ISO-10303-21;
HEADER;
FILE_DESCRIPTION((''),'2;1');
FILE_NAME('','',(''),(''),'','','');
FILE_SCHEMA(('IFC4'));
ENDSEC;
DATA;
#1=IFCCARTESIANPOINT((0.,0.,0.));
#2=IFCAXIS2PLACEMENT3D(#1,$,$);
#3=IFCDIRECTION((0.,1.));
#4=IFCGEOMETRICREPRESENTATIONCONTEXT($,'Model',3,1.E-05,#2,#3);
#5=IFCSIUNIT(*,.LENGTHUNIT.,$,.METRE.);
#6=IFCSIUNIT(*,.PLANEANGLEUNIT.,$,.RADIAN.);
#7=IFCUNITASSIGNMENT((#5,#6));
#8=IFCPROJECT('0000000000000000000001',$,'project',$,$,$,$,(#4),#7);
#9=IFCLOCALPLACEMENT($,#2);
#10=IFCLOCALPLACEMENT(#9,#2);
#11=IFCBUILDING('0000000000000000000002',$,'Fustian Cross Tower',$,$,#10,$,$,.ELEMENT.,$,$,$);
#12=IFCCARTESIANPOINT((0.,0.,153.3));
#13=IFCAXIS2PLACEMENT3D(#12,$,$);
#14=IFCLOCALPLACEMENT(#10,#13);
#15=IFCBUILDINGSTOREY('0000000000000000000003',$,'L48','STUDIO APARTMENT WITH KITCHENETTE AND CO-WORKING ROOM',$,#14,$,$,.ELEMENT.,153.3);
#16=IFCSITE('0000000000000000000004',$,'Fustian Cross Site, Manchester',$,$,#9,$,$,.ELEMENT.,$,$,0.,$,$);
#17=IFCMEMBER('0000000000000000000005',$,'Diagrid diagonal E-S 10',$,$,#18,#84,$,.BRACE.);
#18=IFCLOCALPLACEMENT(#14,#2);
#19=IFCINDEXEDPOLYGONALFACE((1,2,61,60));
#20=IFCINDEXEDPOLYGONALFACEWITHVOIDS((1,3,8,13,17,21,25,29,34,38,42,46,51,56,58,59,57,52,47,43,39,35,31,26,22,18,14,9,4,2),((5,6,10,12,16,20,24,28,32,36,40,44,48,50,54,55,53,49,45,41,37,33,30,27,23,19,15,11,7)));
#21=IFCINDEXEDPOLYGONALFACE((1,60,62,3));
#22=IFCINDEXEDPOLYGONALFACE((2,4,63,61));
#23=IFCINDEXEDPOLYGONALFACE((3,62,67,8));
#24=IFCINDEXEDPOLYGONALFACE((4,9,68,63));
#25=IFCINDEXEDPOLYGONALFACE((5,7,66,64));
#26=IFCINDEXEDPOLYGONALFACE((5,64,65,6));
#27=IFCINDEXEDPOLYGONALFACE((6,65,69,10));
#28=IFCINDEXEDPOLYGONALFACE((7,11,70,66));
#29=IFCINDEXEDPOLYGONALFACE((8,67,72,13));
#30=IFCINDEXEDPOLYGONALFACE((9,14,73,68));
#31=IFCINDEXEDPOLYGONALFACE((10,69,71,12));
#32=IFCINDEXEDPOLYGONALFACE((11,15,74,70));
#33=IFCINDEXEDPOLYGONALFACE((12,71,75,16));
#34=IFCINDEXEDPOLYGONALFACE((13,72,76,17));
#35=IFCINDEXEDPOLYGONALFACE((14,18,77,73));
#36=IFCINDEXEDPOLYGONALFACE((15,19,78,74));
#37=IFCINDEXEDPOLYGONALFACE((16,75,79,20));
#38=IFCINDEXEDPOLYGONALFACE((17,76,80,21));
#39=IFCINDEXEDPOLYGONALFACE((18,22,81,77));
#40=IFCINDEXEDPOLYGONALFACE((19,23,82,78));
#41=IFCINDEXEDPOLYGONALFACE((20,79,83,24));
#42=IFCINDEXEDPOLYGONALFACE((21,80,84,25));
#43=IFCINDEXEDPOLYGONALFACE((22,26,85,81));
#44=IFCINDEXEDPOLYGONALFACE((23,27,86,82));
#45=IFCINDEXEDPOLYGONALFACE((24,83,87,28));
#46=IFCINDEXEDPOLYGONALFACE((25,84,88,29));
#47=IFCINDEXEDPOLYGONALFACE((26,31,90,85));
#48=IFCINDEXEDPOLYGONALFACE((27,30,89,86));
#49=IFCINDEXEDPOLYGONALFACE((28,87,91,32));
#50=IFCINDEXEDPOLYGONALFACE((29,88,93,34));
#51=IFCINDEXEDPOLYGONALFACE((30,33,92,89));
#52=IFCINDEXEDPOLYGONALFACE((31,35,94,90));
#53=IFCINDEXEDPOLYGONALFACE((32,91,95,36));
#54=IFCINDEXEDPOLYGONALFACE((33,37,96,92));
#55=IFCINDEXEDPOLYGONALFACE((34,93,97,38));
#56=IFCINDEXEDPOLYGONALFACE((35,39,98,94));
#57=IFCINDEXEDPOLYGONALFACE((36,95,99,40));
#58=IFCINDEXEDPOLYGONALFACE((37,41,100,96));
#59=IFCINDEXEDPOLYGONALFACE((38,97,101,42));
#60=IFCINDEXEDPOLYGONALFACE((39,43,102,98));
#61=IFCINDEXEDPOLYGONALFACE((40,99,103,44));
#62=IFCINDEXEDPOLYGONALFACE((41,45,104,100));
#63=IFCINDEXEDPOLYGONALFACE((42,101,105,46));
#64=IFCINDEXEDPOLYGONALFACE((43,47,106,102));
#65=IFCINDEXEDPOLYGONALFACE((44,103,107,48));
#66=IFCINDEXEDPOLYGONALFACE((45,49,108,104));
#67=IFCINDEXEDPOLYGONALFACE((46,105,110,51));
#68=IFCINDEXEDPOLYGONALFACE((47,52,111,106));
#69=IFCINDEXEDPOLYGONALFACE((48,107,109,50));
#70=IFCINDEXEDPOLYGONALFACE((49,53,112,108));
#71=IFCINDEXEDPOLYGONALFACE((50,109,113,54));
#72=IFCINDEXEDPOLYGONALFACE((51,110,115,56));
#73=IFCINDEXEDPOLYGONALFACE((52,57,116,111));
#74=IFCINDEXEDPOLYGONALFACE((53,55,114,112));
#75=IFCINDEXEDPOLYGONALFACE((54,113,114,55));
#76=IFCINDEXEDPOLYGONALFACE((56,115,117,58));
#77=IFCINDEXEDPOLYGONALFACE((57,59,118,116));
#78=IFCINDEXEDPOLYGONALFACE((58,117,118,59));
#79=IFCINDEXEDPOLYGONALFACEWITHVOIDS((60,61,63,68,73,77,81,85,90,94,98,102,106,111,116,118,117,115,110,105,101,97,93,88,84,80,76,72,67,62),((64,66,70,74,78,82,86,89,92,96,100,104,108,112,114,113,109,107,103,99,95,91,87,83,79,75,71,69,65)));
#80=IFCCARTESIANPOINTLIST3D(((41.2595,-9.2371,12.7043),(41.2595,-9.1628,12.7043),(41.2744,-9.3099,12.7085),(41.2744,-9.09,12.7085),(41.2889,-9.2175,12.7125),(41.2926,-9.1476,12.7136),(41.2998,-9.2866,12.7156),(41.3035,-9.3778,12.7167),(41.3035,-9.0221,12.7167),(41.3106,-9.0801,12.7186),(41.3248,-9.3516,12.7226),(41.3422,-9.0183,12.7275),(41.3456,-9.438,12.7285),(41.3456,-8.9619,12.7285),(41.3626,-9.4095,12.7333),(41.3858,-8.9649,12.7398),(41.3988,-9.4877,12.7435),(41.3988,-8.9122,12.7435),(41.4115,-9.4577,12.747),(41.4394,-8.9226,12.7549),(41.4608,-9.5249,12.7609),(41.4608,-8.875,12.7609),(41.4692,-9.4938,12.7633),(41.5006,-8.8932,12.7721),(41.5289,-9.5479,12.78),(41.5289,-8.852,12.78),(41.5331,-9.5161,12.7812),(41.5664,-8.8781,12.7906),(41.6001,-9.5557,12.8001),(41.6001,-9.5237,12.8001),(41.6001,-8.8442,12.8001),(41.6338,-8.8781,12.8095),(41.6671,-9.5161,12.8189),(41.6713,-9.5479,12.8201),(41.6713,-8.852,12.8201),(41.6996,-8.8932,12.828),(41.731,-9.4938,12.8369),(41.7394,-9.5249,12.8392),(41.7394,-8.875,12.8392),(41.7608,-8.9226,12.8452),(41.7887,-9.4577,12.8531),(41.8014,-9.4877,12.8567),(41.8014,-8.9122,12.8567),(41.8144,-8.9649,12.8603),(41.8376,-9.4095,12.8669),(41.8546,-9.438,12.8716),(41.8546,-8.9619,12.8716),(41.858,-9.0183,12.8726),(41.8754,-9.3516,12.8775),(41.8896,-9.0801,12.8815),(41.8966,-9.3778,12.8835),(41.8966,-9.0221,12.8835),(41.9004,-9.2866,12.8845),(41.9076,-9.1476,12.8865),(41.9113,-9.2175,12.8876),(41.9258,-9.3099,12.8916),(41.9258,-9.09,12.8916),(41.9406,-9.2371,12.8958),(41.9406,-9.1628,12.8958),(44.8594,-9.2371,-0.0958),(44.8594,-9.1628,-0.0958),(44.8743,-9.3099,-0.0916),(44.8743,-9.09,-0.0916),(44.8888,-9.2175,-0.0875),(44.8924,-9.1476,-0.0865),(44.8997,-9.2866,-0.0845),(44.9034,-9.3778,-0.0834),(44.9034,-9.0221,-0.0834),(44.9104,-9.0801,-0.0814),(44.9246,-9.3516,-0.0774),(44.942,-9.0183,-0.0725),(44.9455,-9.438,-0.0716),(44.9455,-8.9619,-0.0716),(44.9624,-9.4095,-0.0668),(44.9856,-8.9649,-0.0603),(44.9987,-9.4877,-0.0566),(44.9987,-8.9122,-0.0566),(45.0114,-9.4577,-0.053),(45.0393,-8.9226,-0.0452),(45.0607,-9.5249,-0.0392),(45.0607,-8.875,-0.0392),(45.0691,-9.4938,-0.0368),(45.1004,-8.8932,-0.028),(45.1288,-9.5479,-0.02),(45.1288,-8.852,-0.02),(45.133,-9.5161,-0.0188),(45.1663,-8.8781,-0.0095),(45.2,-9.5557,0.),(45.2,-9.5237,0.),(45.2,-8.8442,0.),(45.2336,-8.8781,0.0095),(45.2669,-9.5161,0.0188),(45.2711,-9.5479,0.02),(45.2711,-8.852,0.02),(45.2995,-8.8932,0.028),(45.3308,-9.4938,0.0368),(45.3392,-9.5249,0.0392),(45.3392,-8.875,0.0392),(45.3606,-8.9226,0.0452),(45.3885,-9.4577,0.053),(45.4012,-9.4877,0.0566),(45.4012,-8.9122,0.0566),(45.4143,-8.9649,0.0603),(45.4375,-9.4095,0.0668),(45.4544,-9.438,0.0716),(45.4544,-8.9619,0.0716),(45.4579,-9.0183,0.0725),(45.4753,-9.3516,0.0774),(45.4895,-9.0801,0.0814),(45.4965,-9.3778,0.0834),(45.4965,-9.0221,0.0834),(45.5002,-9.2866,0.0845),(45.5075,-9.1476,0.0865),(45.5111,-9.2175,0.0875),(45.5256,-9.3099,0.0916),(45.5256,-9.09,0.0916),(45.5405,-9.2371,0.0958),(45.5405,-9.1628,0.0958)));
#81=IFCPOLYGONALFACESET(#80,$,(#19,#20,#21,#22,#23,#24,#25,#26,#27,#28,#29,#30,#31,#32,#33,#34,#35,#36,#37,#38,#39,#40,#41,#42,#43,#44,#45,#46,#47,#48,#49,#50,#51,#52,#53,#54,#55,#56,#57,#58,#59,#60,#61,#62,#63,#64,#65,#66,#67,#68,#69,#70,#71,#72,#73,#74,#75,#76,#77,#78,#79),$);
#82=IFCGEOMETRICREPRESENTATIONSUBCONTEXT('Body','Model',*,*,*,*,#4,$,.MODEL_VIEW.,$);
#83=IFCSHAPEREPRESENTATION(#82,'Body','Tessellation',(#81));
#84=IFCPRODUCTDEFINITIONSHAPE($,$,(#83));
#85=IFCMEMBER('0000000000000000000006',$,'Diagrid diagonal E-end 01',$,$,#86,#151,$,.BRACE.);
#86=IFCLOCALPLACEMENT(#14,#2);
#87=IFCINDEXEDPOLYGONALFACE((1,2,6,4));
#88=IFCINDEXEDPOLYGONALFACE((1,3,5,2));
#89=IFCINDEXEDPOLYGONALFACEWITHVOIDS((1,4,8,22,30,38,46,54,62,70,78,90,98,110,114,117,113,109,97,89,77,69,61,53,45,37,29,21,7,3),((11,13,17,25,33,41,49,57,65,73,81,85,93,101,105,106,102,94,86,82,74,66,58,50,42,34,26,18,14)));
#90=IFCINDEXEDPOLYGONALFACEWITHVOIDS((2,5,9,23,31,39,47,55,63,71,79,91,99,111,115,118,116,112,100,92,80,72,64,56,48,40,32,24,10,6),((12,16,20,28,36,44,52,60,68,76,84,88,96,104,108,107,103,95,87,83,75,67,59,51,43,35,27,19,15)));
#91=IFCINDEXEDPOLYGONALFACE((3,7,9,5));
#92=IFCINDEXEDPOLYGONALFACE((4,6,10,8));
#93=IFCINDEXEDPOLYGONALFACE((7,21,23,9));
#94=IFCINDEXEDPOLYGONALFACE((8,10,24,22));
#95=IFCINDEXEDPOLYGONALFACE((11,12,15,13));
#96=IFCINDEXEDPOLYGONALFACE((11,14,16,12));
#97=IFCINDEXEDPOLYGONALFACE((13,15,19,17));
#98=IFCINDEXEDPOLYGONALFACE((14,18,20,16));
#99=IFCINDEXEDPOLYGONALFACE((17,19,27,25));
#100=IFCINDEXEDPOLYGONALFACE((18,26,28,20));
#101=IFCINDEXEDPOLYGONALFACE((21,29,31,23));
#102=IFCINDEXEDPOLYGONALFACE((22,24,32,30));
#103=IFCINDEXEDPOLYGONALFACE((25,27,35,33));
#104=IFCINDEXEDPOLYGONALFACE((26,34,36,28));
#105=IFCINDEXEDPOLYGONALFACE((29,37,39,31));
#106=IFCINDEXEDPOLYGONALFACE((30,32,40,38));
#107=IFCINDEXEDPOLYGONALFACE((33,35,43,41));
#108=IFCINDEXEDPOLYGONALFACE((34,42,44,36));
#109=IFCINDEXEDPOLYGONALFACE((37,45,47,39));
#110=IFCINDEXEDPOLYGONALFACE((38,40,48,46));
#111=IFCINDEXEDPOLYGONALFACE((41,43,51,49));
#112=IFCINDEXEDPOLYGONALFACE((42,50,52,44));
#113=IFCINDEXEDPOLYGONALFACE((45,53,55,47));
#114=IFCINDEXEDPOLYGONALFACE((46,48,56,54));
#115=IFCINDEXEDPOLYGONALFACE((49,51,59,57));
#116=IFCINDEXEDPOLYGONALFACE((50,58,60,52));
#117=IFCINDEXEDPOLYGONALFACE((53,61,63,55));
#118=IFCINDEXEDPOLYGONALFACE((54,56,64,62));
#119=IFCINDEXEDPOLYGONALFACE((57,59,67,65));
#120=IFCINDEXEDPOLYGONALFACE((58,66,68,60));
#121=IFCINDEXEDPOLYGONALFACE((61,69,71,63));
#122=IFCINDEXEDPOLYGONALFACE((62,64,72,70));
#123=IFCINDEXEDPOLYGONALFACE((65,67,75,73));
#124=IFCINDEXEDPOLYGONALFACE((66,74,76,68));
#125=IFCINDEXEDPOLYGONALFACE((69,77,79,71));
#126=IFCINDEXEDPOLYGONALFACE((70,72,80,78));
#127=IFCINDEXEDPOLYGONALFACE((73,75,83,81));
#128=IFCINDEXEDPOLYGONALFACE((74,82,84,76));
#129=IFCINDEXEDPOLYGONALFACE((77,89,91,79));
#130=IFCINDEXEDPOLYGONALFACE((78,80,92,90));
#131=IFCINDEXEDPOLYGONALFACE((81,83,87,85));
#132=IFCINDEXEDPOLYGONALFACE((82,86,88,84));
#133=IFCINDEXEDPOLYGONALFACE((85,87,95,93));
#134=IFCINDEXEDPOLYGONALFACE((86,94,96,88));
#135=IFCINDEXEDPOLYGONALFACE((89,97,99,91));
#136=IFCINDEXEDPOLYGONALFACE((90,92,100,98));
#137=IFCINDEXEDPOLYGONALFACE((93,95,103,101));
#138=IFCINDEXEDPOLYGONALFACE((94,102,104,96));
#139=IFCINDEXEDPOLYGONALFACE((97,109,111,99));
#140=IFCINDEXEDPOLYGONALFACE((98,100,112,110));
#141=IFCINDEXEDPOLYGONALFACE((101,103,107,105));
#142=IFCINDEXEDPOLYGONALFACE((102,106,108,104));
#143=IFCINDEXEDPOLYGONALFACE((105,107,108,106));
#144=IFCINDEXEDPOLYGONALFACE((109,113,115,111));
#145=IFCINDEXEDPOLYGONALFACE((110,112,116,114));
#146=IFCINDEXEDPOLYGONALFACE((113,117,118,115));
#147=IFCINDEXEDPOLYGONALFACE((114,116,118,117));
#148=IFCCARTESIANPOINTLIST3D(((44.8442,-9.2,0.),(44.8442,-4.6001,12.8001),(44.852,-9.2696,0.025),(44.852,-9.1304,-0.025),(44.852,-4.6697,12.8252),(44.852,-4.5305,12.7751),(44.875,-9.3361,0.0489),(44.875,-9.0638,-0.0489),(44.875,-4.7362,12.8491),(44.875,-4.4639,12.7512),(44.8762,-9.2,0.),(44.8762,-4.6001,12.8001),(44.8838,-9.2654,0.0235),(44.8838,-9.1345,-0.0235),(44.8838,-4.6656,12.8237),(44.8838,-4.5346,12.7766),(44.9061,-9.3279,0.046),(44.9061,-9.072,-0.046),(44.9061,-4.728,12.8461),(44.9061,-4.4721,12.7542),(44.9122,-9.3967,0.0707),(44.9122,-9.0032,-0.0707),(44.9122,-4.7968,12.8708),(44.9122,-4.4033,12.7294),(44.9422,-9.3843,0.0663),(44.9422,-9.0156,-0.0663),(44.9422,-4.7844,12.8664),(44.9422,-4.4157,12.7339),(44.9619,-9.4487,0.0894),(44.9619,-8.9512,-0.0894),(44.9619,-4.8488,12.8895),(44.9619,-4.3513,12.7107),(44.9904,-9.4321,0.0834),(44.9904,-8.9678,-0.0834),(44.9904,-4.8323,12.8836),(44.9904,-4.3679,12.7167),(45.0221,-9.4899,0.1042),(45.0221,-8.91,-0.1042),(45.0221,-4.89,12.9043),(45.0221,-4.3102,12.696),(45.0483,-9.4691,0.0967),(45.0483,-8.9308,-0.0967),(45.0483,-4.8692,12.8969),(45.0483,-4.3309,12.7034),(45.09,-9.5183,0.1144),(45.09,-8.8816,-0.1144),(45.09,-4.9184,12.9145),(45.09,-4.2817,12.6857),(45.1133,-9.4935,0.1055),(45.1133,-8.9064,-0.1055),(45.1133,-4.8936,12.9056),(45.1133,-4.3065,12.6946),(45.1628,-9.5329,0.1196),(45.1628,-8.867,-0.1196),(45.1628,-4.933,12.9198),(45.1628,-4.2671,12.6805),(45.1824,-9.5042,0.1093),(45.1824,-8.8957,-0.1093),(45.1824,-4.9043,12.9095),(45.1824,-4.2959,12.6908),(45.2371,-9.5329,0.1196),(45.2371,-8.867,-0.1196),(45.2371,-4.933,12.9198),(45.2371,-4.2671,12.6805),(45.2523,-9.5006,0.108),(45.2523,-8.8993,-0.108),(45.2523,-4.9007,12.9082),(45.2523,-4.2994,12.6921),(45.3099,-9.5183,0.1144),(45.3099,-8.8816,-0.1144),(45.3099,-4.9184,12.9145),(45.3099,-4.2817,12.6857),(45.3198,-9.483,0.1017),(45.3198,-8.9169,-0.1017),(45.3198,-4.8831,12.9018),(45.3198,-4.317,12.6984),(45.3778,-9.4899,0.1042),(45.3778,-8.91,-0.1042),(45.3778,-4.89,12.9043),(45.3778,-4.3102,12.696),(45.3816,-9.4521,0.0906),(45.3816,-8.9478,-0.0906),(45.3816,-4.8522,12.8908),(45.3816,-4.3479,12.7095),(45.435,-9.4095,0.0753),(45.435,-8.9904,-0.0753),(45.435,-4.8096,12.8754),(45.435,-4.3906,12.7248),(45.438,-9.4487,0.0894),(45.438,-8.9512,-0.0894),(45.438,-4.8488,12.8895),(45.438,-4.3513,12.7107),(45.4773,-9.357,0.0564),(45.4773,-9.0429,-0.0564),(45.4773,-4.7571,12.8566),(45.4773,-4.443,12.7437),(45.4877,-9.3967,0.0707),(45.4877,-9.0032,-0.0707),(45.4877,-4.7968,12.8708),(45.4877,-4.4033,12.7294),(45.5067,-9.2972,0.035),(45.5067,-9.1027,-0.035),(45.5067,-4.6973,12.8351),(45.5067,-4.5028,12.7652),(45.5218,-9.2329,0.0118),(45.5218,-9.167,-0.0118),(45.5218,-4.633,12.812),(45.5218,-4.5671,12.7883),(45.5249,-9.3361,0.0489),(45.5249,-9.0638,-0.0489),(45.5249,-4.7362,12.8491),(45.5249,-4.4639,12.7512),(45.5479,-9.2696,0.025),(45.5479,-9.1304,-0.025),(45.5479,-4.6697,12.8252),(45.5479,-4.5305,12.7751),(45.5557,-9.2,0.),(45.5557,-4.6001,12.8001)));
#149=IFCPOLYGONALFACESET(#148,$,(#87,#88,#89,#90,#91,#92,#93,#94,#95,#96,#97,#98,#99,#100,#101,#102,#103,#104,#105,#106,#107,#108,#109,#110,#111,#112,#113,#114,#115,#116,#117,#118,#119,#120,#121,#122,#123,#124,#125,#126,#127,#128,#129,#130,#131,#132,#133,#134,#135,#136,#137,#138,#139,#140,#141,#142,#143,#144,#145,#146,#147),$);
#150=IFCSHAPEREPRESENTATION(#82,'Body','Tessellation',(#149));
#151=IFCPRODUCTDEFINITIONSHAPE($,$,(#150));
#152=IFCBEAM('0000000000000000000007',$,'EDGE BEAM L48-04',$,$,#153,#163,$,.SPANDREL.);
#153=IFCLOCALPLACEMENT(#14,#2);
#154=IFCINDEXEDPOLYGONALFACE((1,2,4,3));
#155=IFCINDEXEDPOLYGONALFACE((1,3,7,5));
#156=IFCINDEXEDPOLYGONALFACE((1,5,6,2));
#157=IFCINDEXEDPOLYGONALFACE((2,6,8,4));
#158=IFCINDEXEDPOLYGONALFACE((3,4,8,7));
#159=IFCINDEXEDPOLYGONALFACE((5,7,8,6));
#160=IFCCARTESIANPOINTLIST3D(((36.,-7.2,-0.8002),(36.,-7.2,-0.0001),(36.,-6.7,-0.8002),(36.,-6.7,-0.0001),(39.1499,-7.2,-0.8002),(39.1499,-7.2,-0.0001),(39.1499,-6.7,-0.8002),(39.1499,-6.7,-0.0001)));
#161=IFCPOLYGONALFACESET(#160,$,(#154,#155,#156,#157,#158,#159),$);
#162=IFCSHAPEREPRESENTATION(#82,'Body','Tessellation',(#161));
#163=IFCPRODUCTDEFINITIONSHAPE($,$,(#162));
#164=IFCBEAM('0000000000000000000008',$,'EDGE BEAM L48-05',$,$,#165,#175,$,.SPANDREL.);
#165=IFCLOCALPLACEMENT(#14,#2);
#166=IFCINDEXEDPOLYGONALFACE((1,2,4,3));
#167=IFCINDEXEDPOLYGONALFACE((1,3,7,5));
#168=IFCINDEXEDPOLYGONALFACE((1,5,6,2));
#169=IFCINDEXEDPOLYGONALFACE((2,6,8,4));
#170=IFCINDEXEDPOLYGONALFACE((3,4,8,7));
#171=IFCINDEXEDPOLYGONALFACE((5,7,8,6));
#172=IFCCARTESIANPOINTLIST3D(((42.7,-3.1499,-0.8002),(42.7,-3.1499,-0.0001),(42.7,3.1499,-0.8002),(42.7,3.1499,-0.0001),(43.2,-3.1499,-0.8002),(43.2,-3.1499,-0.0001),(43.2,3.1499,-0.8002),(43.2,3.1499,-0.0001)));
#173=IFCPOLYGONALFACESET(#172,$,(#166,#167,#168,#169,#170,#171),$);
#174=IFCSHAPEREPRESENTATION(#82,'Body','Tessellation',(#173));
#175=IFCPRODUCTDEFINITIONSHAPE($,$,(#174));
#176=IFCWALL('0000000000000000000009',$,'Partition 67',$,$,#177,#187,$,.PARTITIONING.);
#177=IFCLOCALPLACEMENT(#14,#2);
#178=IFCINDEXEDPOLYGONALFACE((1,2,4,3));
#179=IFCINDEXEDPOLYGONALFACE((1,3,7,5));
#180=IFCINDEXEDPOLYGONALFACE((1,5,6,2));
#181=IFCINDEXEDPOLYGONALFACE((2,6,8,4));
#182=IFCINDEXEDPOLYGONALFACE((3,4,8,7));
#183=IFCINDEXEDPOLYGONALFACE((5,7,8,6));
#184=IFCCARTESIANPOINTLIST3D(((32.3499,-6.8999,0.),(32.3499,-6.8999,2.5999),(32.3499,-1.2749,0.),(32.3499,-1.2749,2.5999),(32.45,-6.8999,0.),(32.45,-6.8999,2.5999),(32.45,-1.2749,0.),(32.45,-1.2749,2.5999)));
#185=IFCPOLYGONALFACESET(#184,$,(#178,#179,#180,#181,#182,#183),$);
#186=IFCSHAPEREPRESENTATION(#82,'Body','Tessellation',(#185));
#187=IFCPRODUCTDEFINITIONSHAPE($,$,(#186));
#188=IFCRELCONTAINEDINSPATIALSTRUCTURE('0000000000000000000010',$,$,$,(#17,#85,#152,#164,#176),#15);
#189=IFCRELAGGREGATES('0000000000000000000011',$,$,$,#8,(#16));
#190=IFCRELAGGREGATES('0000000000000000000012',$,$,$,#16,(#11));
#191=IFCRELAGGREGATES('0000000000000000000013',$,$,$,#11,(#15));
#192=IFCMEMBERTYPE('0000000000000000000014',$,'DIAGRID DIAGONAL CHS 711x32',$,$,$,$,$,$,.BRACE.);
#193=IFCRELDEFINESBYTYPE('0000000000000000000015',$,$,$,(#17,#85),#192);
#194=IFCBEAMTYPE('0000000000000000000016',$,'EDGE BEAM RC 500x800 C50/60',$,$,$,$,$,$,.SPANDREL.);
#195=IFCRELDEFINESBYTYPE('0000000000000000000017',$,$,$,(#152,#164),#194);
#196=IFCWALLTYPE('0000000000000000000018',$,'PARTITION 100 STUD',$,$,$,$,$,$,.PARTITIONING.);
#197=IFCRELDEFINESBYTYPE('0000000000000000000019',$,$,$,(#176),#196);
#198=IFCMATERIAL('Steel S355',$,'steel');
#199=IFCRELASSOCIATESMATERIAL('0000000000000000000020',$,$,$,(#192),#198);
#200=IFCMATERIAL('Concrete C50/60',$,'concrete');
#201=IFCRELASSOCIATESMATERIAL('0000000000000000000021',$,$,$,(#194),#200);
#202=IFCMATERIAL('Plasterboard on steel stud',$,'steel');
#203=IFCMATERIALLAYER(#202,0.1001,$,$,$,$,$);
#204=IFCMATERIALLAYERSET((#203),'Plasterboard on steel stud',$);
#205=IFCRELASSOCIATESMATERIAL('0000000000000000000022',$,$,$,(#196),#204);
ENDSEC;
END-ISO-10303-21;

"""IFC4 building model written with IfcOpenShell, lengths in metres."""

from ifc_helpers import new_model, si_unit, direction, frame, frame_2d, origin, origin_2d, place, context, subcontext, project, spatial, rectangle, hollow_circle, extrude, material, layer, layer_set, material_profile, profile_set, type_object, element, save


model = new_model("IFC4")

# Units and contexts
model_context = context("Model", 3, precision=1e-05, world=origin(), true_north=direction((0.0, 1.0)))
body_context = subcontext(model_context, "Body", "Model", "MODEL_VIEW")
ifc_project = project(units=[si_unit("LENGTHUNIT", "METRE"), si_unit("PLANEANGLEUNIT", "RADIAN")], contexts=[model_context])

# Site, building, storey
site_placement = place(None, origin())
site = spatial("IfcSite", under=ifc_project, at=site_placement, Name="Fustian Cross Site, Manchester", CompositionType="ELEMENT", RefElevation=0.0)
building_placement = place(site_placement, origin())
building = spatial("IfcBuilding", under=site, at=building_placement, Name="Fustian Cross Tower", CompositionType="ELEMENT")
storey_placement = place(building_placement, frame((0.0, 0.0, 153.3)))
storey = spatial("IfcBuildingStorey", under=building, at=storey_placement, Name="L48", Description="STUDIO APARTMENT WITH KITCHENETTE AND CO-WORKING ROOM", CompositionType="ELEMENT", Elevation=153.3)

# Members
ifc_material_1 = material(Name="Steel S355", Category="steel")
ifc_material_profile_1 = material_profile(ifc_material_1, hollow_circle(Radius=0.3557, WallThickness=0.032, at=origin_2d()), Name="CHS 711x32")
ifc_profile_set_1 = profile_set([ifc_material_profile_1], Name="Steel S355")
member_type_1 = type_object("IfcMemberType", Name="DIAGRID DIAGONAL CHS 711x32", PredefinedType="BRACE", material=ifc_profile_set_1)
member_1_placement = place(storey_placement, frame((45.2, -9.2, 0.0), z_axis=(-0.270734, 0.0, 0.962654), x_axis=(0.0, -1.0, 0.0)))
element("IfcMember", 1, at=member_1_placement, inside=storey, type_object=member_type_1, Name="Diagrid diagonal E-S 10", PredefinedType="BRACE", context=body_context, shape_type="SweptSolid", body=[
    extrude(hollow_circle(Radius=0.3557, WallThickness=0.032, at=origin_2d()), origin(), (0.0, 0.0, 1.0), 13.2966),
])
member_2_placement = place(storey_placement, frame((45.2, -9.2, 0.0), z_axis=(0.0, 0.338188, 0.941079), x_axis=(-1.0, 0.0, 0.0)))
element("IfcMember", 2, at=member_2_placement, inside=storey, type_object=member_type_1, Name="Diagrid diagonal E-end 01", PredefinedType="BRACE", context=body_context, shape_type="SweptSolid", body=[
    extrude(hollow_circle(Radius=0.3557, WallThickness=0.032, at=origin_2d()), origin(), (0.0, 0.0, 1.0), 13.6016),
])

# Beams
ifc_material_2 = material(Name="Concrete C50/60", Category="concrete")
ifc_material_profile_2 = material_profile(ifc_material_2, rectangle(XDim=0.5, YDim=0.8, at=origin_2d()), Name="RC 500x800")
ifc_profile_set_2 = profile_set([ifc_material_profile_2], Name="Concrete C50/60")
beam_type = type_object("IfcBeamType", Name="EDGE BEAM RC 500x800 C50/60", PredefinedType="SPANDREL", material=ifc_profile_set_2)
beam_1_placement = place(storey_placement, frame((36.0, -6.95, -0.4001), z_axis=(1.0, 0.0, 0.0), x_axis=(0.0, 1.0, 0.0)))
element("IfcBeam", 3, at=beam_1_placement, inside=storey, type_object=beam_type, Name="EDGE BEAM L48-04", PredefinedType="SPANDREL", context=body_context, shape_type="SweptSolid", body=[
    extrude(rectangle(XDim=0.5, YDim=0.8, at=origin_2d()), origin(), (0.0, 0.0, 1.0), 3.1499),
])
beam_2_placement = place(storey_placement, frame((42.95, -3.1499, -0.4001), z_axis=(0.0, 1.0, 0.0), x_axis=(-1.0, 0.0, 0.0)))
element("IfcBeam", 4, at=beam_2_placement, inside=storey, type_object=beam_type, Name="EDGE BEAM L48-05", PredefinedType="SPANDREL", context=body_context, shape_type="SweptSolid", body=[
    extrude(rectangle(XDim=0.5, YDim=0.8, at=origin_2d()), origin(), (0.0, 0.0, 1.0), 6.2998),
])

# Wall
ifc_material_3 = material(Name="Plasterboard on steel stud", Category="steel")
ifc_layer_1 = layer(ifc_material_3, 0.1001)
ifc_layer_set_1 = layer_set([ifc_layer_1], Name="Plasterboard on steel stud")
wall_type_1 = type_object("IfcWallType", Name="PARTITION 100 STUD", PredefinedType="PARTITIONING", material=ifc_layer_set_1)
wall_1_placement = place(storey_placement, frame((32.3999, -6.8999, 0.0), z_axis=(0.0, 0.0, 1.0), x_axis=(0.0, 1.0, 0.0)))
element("IfcWall", 5, at=wall_1_placement, inside=storey, type_object=wall_type_1, Name="Partition 67", PredefinedType="PARTITIONING", context=body_context, shape_type="SweptSolid", body=[
    extrude(rectangle(XDim=5.625, YDim=0.1001, at=frame_2d((2.8125, 0.0))), origin(), (0.0, 0.0, 1.0), 2.5999),
])

save(model, "model.ifc")
